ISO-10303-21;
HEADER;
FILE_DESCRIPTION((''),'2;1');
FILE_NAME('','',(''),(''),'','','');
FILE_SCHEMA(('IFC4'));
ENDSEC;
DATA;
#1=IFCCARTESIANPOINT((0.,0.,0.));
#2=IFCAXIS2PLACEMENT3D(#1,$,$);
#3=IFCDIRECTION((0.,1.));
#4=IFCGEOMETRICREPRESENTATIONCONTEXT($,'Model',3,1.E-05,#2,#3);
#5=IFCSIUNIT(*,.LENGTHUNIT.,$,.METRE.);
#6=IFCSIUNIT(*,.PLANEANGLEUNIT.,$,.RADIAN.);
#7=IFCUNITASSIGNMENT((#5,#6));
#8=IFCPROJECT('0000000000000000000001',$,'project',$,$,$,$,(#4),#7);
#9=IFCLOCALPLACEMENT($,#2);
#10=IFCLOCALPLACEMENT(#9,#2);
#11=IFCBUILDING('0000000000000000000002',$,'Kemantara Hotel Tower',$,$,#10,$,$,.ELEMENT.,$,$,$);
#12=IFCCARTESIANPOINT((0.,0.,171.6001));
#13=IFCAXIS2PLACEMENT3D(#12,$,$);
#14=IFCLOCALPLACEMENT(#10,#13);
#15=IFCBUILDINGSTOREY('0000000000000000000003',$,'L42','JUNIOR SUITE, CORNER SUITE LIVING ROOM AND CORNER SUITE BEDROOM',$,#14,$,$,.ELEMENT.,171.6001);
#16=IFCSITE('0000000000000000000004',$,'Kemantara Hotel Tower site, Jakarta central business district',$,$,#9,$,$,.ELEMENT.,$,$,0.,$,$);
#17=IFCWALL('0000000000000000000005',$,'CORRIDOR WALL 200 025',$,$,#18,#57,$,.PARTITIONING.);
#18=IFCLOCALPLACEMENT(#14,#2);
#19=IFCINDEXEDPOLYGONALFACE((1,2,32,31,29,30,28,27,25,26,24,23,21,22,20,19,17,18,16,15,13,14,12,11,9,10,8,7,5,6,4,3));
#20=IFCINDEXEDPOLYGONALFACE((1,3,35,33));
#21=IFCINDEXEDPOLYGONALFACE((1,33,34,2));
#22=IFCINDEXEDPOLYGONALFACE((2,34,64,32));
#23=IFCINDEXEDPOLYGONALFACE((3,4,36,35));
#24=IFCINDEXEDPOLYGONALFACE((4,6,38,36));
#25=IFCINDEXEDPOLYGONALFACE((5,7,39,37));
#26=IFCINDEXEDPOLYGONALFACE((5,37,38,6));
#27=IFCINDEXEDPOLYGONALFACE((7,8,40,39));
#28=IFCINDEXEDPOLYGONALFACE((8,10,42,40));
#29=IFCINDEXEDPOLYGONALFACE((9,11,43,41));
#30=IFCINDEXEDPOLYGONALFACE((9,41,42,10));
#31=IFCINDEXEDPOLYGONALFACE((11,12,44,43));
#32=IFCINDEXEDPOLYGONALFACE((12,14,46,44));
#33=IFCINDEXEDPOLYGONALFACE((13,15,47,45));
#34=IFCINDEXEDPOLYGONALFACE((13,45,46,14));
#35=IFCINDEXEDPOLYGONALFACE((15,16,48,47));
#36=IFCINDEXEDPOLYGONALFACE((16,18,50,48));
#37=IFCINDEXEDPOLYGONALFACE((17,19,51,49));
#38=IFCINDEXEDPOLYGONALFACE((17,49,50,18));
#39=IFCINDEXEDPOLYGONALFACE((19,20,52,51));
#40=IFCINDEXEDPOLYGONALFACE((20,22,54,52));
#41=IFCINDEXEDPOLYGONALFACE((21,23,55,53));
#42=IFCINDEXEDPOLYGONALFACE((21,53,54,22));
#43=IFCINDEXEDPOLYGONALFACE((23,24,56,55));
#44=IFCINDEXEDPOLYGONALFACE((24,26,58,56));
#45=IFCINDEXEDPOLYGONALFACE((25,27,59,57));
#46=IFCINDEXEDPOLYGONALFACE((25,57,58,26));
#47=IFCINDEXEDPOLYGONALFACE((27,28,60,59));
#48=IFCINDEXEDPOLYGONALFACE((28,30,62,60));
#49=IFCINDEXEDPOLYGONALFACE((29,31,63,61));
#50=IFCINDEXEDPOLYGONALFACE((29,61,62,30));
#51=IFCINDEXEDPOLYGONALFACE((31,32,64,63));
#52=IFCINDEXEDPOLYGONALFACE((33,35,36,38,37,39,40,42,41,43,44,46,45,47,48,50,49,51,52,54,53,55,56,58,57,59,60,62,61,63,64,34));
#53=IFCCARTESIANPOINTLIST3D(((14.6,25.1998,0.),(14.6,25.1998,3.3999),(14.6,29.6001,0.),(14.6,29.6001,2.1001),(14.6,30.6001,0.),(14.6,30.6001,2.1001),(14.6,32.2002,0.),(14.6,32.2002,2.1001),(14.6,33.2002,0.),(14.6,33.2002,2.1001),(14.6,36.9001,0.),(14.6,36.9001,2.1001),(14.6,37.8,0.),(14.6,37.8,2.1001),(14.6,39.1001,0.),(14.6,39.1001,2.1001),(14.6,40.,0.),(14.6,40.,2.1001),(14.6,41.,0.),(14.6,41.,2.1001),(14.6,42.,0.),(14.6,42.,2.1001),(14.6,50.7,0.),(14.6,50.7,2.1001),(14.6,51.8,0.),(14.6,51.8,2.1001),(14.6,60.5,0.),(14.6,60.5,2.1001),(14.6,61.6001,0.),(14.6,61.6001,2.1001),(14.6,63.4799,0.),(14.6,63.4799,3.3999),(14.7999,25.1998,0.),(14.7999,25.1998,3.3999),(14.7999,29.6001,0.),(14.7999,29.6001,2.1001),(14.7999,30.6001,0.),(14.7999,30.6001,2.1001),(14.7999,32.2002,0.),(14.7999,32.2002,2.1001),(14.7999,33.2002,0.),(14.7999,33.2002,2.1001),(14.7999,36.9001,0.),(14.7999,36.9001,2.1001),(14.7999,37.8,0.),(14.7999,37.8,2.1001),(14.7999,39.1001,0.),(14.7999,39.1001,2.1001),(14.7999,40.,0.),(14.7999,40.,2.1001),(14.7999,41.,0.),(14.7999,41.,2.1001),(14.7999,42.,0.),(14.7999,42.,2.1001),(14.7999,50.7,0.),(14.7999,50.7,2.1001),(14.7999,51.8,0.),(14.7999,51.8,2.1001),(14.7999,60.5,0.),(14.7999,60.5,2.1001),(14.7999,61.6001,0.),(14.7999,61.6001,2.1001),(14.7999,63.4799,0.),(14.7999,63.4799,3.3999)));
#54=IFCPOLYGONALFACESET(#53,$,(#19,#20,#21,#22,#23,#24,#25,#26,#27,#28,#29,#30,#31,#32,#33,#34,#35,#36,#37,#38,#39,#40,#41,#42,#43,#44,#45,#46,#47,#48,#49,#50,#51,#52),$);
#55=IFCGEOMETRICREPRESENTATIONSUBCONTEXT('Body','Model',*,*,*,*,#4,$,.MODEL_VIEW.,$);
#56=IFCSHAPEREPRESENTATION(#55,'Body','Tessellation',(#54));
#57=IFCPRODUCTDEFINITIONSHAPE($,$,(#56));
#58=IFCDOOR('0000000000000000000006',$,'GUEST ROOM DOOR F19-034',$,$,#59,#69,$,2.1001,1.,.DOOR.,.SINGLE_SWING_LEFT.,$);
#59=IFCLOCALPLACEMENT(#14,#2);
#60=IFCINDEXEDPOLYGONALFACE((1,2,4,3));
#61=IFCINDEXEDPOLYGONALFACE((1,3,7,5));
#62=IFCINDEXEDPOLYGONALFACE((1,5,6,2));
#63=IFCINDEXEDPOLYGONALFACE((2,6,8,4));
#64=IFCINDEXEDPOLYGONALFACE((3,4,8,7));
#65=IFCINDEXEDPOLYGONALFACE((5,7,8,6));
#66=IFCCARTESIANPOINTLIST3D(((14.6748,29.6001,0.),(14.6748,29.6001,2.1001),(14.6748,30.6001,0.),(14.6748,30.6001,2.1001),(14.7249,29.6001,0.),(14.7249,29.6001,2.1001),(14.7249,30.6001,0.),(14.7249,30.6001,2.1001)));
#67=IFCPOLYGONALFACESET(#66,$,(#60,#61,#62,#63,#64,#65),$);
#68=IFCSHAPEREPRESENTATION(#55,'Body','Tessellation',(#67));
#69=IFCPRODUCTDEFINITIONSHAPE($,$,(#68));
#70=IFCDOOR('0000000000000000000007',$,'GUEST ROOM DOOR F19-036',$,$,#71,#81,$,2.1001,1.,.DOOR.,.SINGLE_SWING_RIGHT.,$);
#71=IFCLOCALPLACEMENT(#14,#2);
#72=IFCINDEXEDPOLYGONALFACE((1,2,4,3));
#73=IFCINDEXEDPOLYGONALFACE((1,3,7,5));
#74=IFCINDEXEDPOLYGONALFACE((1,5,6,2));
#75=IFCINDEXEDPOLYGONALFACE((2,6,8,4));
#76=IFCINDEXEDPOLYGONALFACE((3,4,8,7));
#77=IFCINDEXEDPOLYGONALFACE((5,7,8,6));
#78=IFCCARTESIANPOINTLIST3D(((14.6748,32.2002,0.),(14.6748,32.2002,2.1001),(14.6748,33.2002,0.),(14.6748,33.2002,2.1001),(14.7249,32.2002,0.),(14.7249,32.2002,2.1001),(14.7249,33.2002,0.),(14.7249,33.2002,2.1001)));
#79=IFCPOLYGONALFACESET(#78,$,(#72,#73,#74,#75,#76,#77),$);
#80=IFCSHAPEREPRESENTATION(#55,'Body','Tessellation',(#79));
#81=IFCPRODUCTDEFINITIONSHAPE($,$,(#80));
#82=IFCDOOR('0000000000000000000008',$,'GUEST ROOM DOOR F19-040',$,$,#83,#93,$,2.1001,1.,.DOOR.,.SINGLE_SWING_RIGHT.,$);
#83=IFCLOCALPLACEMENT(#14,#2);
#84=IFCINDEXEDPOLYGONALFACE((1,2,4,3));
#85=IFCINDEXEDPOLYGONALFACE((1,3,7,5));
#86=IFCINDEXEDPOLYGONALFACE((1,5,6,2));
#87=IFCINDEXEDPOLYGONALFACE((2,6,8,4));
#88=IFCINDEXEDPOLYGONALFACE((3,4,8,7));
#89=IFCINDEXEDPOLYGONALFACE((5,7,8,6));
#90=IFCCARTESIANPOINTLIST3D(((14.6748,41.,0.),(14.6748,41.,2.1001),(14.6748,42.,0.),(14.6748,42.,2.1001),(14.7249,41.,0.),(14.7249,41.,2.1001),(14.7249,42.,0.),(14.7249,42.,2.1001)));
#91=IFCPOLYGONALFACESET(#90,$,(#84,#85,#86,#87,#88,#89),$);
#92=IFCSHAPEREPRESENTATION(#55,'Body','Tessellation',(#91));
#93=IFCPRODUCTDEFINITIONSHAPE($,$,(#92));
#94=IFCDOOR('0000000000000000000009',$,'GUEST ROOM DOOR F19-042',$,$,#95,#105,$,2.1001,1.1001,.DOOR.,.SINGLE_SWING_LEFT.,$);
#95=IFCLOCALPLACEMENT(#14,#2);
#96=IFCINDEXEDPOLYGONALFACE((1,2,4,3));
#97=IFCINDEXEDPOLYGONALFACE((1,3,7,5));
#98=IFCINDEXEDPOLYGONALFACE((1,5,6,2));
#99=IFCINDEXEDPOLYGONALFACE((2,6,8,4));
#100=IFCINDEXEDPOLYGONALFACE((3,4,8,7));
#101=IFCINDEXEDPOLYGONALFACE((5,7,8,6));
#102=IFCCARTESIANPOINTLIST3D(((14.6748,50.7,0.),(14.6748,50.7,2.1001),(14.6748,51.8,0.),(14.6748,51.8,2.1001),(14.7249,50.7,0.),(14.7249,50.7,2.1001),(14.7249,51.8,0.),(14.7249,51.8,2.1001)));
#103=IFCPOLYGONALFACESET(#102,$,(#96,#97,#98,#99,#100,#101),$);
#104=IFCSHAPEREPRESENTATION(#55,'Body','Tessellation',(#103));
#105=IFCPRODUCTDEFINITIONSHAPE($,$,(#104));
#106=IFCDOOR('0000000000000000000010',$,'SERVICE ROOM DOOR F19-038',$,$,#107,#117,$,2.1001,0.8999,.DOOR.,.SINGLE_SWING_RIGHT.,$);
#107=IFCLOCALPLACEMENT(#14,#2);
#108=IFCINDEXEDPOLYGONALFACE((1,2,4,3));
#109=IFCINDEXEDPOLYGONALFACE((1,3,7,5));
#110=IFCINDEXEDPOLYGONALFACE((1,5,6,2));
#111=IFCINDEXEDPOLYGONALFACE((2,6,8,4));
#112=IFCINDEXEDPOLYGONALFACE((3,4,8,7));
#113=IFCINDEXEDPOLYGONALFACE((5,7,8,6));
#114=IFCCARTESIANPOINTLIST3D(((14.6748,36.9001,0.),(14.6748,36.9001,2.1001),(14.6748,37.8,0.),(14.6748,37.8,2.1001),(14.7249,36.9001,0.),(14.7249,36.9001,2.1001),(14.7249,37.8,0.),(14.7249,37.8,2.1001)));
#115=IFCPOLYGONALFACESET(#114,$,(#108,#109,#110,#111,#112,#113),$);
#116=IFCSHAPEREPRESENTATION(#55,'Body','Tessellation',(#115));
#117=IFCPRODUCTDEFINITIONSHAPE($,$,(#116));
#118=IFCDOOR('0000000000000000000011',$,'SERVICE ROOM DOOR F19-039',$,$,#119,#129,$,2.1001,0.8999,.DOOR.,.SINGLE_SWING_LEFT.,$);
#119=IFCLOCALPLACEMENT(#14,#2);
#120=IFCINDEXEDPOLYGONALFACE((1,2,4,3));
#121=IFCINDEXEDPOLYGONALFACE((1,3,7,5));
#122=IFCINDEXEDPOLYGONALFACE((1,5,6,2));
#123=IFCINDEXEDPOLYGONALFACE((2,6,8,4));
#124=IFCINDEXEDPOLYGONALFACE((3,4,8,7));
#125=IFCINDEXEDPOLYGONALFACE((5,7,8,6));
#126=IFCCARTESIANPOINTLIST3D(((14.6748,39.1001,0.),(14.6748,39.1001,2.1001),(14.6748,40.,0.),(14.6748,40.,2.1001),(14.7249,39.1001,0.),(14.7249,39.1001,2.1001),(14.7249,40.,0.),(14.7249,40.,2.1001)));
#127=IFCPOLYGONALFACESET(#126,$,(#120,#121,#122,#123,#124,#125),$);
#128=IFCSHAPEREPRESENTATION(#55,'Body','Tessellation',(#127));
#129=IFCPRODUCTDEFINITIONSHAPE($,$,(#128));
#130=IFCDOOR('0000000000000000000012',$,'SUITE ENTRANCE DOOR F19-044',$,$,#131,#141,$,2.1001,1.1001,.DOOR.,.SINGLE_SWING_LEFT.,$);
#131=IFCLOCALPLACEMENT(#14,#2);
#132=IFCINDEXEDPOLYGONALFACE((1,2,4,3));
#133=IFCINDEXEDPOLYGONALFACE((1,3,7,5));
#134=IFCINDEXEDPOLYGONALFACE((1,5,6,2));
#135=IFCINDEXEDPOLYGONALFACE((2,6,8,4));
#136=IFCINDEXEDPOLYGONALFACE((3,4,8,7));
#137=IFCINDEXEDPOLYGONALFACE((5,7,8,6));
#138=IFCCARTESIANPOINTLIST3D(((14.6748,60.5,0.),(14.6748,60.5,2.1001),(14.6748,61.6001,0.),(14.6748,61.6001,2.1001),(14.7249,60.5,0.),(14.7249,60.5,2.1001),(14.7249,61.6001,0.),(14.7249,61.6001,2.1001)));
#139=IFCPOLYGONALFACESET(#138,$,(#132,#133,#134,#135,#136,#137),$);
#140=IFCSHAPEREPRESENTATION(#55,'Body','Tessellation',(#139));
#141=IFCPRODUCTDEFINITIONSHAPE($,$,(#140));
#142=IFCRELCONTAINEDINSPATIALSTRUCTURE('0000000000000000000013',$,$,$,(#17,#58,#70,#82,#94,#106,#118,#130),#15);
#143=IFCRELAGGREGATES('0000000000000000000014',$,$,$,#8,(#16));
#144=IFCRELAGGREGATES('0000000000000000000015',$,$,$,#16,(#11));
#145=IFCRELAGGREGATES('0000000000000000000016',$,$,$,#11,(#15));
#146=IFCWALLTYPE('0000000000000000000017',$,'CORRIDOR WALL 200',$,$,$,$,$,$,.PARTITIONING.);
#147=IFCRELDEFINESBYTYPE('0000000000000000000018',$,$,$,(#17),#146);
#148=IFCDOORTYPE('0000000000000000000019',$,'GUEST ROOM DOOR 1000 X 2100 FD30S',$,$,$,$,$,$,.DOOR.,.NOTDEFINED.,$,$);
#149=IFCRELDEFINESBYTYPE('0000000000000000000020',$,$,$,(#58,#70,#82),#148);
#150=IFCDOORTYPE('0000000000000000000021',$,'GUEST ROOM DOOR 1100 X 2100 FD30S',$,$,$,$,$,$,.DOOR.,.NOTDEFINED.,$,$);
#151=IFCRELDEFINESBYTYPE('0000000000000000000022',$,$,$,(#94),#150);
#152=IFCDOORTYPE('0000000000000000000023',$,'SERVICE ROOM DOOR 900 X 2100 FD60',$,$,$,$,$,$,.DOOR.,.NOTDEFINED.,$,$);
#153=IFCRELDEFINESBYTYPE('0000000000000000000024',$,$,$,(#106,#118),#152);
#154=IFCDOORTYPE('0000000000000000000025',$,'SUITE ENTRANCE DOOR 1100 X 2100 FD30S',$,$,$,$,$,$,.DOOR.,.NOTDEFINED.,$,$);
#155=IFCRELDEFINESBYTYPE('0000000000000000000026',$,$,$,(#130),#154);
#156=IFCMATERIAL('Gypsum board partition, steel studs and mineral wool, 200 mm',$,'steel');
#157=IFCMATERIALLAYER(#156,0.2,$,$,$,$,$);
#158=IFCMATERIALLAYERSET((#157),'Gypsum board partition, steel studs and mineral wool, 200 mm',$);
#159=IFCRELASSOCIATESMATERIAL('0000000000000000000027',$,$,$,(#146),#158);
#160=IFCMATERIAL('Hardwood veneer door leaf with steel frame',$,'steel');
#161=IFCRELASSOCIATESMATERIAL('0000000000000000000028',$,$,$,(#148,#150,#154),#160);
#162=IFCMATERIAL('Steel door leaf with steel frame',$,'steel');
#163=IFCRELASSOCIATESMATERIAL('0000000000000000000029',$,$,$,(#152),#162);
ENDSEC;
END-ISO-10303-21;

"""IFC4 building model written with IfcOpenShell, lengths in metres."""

from ifc_helpers import new_model, si_unit, direction, frame, frame_2d, origin, place, context, subcontext, project, spatial, rectangle, extrude, material, layer, layer_set, type_object, element, fill, save


model = new_model("IFC4")

# Units and contexts
model_context = context("Model", 3, precision=1e-05, world=origin(), true_north=direction((0.0, 1.0)))
body_context = subcontext(model_context, "Body", "Model", "MODEL_VIEW")
ifc_project = project(units=[si_unit("LENGTHUNIT", "METRE"), si_unit("PLANEANGLEUNIT", "RADIAN")], contexts=[model_context])

# Site, building, storey
site_placement = place(None, origin())
site = spatial("IfcSite", under=ifc_project, at=site_placement, Name="Kemantara Hotel Tower site, Jakarta central business district", CompositionType="ELEMENT", RefElevation=0.0)
building_placement = place(site_placement, origin())
building = spatial("IfcBuilding", under=site, at=building_placement, Name="Kemantara Hotel Tower", CompositionType="ELEMENT")
storey_placement = place(building_placement, frame((0.0, 0.0, 171.6001)))
storey = spatial("IfcBuildingStorey", under=building, at=storey_placement, Name="L42", Description="JUNIOR SUITE, CORNER SUITE LIVING ROOM AND CORNER SUITE BEDROOM", CompositionType="ELEMENT", Elevation=171.6001)

# Wall, openings, doors
ifc_material_1 = material(Name="Gypsum board partition, steel studs and mineral wool, 200 mm", Category="steel")
ifc_layer_1 = layer(ifc_material_1, 0.2)
ifc_layer_set_1 = layer_set([ifc_layer_1], Name="Gypsum board partition, steel studs and mineral wool, 200 mm")
wall_type = type_object("IfcWallType", Name="CORRIDOR WALL 200", PredefinedType="PARTITIONING", material=ifc_layer_set_1)
wall_placement = place(storey_placement, frame((14.7, 63.48, 0.0), z_axis=(0.0, 0.0, 1.0), x_axis=(0.0, -1.0, 0.0)))
wall = element("IfcWall", 1, at=wall_placement, inside=storey, type_object=wall_type, Name="CORRIDOR WALL 200 025", PredefinedType="PARTITIONING", context=body_context, shape_type="SweptSolid", body=[
    extrude(rectangle(XDim=38.28, YDim=0.2, at=frame_2d((19.1401, 0.0))), origin(), (0.0, 0.0, 1.0), 3.3999),
])
opening_1_placement = place(wall_placement, frame((32.8799, 0.0, 0.0)))
opening_1 = element("IfcOpeningElement", 2, at=opening_1_placement, cuts=wall, PredefinedType="OPENING", context=body_context, shape_type="SweptSolid", body=[
    extrude(rectangle(XDim=1.0, YDim=2.1001, at=frame_2d((0.5, 1.05))), frame((0.0, 0.1099, 0.0), z_axis=(0.0, -1.0, 0.0), x_axis=(1.0, 0.0, 0.0)), (0.0, 0.0, 1.0), 0.22),
])
opening_2_placement = place(wall_placement, frame((30.2798, 0.0, 0.0)))
opening_2 = element("IfcOpeningElement", 3, at=opening_2_placement, cuts=wall, PredefinedType="OPENING", context=body_context, shape_type="SweptSolid", body=[
    extrude(rectangle(XDim=1.0, YDim=2.1001, at=frame_2d((0.5, 1.05))), frame((0.0, 0.1099, 0.0), z_axis=(0.0, -1.0, 0.0), x_axis=(1.0, 0.0, 0.0)), (0.0, 0.0, 1.0), 0.22),
])
opening_3_placement = place(wall_placement, frame((25.6799, 0.0, 0.0)))
opening_3 = element("IfcOpeningElement", 4, at=opening_3_placement, cuts=wall, PredefinedType="OPENING", context=body_context, shape_type="SweptSolid", body=[
    extrude(rectangle(XDim=0.8999, YDim=2.1001, at=frame_2d((0.45, 1.05))), frame((0.0, 0.1099, 0.0), z_axis=(0.0, -1.0, 0.0), x_axis=(1.0, 0.0, 0.0)), (0.0, 0.0, 1.0), 0.22),
])
opening_4_placement = place(wall_placement, frame((23.48, 0.0, 0.0)))
opening_4 = element("IfcOpeningElement", 5, at=opening_4_placement, cuts=wall, PredefinedType="OPENING", context=body_context, shape_type="SweptSolid", body=[
    extrude(rectangle(XDim=0.8999, YDim=2.1001, at=frame_2d((0.45, 1.05))), frame((0.0, 0.1099, 0.0), z_axis=(0.0, -1.0, 0.0), x_axis=(1.0, 0.0, 0.0)), (0.0, 0.0, 1.0), 0.22),
])
opening_5_placement = place(wall_placement, frame((21.48, 0.0, 0.0)))
opening_5 = element("IfcOpeningElement", 6, at=opening_5_placement, cuts=wall, PredefinedType="OPENING", context=body_context, shape_type="SweptSolid", body=[
    extrude(rectangle(XDim=1.0, YDim=2.1001, at=frame_2d((0.5, 1.05))), frame((0.0, 0.1099, 0.0), z_axis=(0.0, -1.0, 0.0), x_axis=(1.0, 0.0, 0.0)), (0.0, 0.0, 1.0), 0.22),
])
opening_6_placement = place(wall_placement, frame((11.6799, 0.0, 0.0)))
opening_6 = element("IfcOpeningElement", 7, at=opening_6_placement, cuts=wall, PredefinedType="OPENING", context=body_context, shape_type="SweptSolid", body=[
    extrude(rectangle(XDim=1.1001, YDim=2.1001, at=frame_2d((0.55, 1.05))), frame((0.0, 0.1099, 0.0), z_axis=(0.0, -1.0, 0.0), x_axis=(1.0, 0.0, 0.0)), (0.0, 0.0, 1.0), 0.22),
])
opening_7_placement = place(wall_placement, frame((1.8799, 0.0, 0.0)))
opening_7 = element("IfcOpeningElement", 8, at=opening_7_placement, cuts=wall, PredefinedType="OPENING", context=body_context, shape_type="SweptSolid", body=[
    extrude(rectangle(XDim=1.1001, YDim=2.1001, at=frame_2d((0.55, 1.05))), frame((0.0, 0.1099, 0.0), z_axis=(0.0, -1.0, 0.0), x_axis=(1.0, 0.0, 0.0)), (0.0, 0.0, 1.0), 0.22),
])
ifc_material_2 = material(Name="Hardwood veneer door leaf with steel frame", Category="steel")
door_type_1 = type_object("IfcDoorType", Name="GUEST ROOM DOOR 1000 X 2100 FD30S", OperationType="NOTDEFINED", PredefinedType="DOOR", material=ifc_material_2)
door_1_placement = place(opening_1_placement, origin())
door_1 = element("IfcDoor", 9, at=door_1_placement, inside=storey, type_object=door_type_1, Name="GUEST ROOM DOOR F19-034", OperationType="SINGLE_SWING_LEFT", OverallHeight=2.1001, OverallWidth=1.0, PredefinedType="DOOR", context=body_context, shape_type="SweptSolid", body=[
    extrude(rectangle(XDim=1.0, YDim=2.1001, at=frame_2d((0.5, 1.05))), frame((0.0, 0.0249, 0.0), z_axis=(0.0, -1.0, 0.0), x_axis=(1.0, 0.0, 0.0)), (0.0, 0.0, 1.0), 0.05),
])
fill(opening_1, door_1)
door_2_placement = place(opening_2_placement, origin())
door_2 = element("IfcDoor", 10, at=door_2_placement, inside=storey, type_object=door_type_1, Name="GUEST ROOM DOOR F19-036", OperationType="SINGLE_SWING_RIGHT", OverallHeight=2.1001, OverallWidth=1.0, PredefinedType="DOOR", context=body_context, shape_type="SweptSolid", body=[
    extrude(rectangle(XDim=1.0, YDim=2.1001, at=frame_2d((0.5, 1.05))), frame((0.0, 0.0249, 0.0), z_axis=(0.0, -1.0, 0.0), x_axis=(1.0, 0.0, 0.0)), (0.0, 0.0, 1.0), 0.05),
])
fill(opening_2, door_2)
door_3_placement = place(opening_5_placement, origin())
door_3 = element("IfcDoor", 11, at=door_3_placement, inside=storey, type_object=door_type_1, Name="GUEST ROOM DOOR F19-040", OperationType="SINGLE_SWING_RIGHT", OverallHeight=2.1001, OverallWidth=1.0, PredefinedType="DOOR", context=body_context, shape_type="SweptSolid", body=[
    extrude(rectangle(XDim=1.0, YDim=2.1001, at=frame_2d((0.5, 1.05))), frame((0.0, 0.0249, 0.0), z_axis=(0.0, -1.0, 0.0), x_axis=(1.0, 0.0, 0.0)), (0.0, 0.0, 1.0), 0.05),
])
fill(opening_5, door_3)
door_type_2 = type_object("IfcDoorType", Name="GUEST ROOM DOOR 1100 X 2100 FD30S", OperationType="NOTDEFINED", PredefinedType="DOOR", material=ifc_material_2)
door_4_placement = place(opening_6_placement, origin())
door_4 = element("IfcDoor", 12, at=door_4_placement, inside=storey, type_object=door_type_2, Name="GUEST ROOM DOOR F19-042", OperationType="SINGLE_SWING_LEFT", OverallHeight=2.1001, OverallWidth=1.1001, PredefinedType="DOOR", context=body_context, shape_type="SweptSolid", body=[
    extrude(rectangle(XDim=1.1001, YDim=2.1001, at=frame_2d((0.55, 1.05))), frame((0.0, 0.0249, 0.0), z_axis=(0.0, -1.0, 0.0), x_axis=(1.0, 0.0, 0.0)), (0.0, 0.0, 1.0), 0.05),
])
fill(opening_6, door_4)
ifc_material_3 = material(Name="Steel door leaf with steel frame", Category="steel")
door_type_3 = type_object("IfcDoorType", Name="SERVICE ROOM DOOR 900 X 2100 FD60", OperationType="NOTDEFINED", PredefinedType="DOOR", material=ifc_material_3)
door_5_placement = place(opening_3_placement, origin())
door_5 = element("IfcDoor", 13, at=door_5_placement, inside=storey, type_object=door_type_3, Name="SERVICE ROOM DOOR F19-038", OperationType="SINGLE_SWING_RIGHT", OverallHeight=2.1001, OverallWidth=0.8999, PredefinedType="DOOR", context=body_context, shape_type="SweptSolid", body=[
    extrude(rectangle(XDim=0.8999, YDim=2.1001, at=frame_2d((0.45, 1.05))), frame((0.0, 0.0249, 0.0), z_axis=(0.0, -1.0, 0.0), x_axis=(1.0, 0.0, 0.0)), (0.0, 0.0, 1.0), 0.05),
])
fill(opening_3, door_5)
door_6_placement = place(opening_4_placement, origin())
door_6 = element("IfcDoor", 14, at=door_6_placement, inside=storey, type_object=door_type_3, Name="SERVICE ROOM DOOR F19-039", OperationType="SINGLE_SWING_LEFT", OverallHeight=2.1001, OverallWidth=0.8999, PredefinedType="DOOR", context=body_context, shape_type="SweptSolid", body=[
    extrude(rectangle(XDim=0.8999, YDim=2.1001, at=frame_2d((0.45, 1.05))), frame((0.0, 0.0249, 0.0), z_axis=(0.0, -1.0, 0.0), x_axis=(1.0, 0.0, 0.0)), (0.0, 0.0, 1.0), 0.05),
])
fill(opening_4, door_6)
door_type_4 = type_object("IfcDoorType", Name="SUITE ENTRANCE DOOR 1100 X 2100 FD30S", OperationType="NOTDEFINED", PredefinedType="DOOR", material=ifc_material_2)
door_7_placement = place(opening_7_placement, origin())
door_7 = element("IfcDoor", 15, at=door_7_placement, inside=storey, type_object=door_type_4, Name="SUITE ENTRANCE DOOR F19-044", OperationType="SINGLE_SWING_LEFT", OverallHeight=2.1001, OverallWidth=1.1001, PredefinedType="DOOR", context=body_context, shape_type="SweptSolid", body=[
    extrude(rectangle(XDim=1.1001, YDim=2.1001, at=frame_2d((0.55, 1.05))), frame((0.0, 0.0249, 0.0), z_axis=(0.0, -1.0, 0.0), x_axis=(1.0, 0.0, 0.0)), (0.0, 0.0, 1.0), 0.05),
])
fill(opening_7, door_7)

save(model, "model.ifc")
